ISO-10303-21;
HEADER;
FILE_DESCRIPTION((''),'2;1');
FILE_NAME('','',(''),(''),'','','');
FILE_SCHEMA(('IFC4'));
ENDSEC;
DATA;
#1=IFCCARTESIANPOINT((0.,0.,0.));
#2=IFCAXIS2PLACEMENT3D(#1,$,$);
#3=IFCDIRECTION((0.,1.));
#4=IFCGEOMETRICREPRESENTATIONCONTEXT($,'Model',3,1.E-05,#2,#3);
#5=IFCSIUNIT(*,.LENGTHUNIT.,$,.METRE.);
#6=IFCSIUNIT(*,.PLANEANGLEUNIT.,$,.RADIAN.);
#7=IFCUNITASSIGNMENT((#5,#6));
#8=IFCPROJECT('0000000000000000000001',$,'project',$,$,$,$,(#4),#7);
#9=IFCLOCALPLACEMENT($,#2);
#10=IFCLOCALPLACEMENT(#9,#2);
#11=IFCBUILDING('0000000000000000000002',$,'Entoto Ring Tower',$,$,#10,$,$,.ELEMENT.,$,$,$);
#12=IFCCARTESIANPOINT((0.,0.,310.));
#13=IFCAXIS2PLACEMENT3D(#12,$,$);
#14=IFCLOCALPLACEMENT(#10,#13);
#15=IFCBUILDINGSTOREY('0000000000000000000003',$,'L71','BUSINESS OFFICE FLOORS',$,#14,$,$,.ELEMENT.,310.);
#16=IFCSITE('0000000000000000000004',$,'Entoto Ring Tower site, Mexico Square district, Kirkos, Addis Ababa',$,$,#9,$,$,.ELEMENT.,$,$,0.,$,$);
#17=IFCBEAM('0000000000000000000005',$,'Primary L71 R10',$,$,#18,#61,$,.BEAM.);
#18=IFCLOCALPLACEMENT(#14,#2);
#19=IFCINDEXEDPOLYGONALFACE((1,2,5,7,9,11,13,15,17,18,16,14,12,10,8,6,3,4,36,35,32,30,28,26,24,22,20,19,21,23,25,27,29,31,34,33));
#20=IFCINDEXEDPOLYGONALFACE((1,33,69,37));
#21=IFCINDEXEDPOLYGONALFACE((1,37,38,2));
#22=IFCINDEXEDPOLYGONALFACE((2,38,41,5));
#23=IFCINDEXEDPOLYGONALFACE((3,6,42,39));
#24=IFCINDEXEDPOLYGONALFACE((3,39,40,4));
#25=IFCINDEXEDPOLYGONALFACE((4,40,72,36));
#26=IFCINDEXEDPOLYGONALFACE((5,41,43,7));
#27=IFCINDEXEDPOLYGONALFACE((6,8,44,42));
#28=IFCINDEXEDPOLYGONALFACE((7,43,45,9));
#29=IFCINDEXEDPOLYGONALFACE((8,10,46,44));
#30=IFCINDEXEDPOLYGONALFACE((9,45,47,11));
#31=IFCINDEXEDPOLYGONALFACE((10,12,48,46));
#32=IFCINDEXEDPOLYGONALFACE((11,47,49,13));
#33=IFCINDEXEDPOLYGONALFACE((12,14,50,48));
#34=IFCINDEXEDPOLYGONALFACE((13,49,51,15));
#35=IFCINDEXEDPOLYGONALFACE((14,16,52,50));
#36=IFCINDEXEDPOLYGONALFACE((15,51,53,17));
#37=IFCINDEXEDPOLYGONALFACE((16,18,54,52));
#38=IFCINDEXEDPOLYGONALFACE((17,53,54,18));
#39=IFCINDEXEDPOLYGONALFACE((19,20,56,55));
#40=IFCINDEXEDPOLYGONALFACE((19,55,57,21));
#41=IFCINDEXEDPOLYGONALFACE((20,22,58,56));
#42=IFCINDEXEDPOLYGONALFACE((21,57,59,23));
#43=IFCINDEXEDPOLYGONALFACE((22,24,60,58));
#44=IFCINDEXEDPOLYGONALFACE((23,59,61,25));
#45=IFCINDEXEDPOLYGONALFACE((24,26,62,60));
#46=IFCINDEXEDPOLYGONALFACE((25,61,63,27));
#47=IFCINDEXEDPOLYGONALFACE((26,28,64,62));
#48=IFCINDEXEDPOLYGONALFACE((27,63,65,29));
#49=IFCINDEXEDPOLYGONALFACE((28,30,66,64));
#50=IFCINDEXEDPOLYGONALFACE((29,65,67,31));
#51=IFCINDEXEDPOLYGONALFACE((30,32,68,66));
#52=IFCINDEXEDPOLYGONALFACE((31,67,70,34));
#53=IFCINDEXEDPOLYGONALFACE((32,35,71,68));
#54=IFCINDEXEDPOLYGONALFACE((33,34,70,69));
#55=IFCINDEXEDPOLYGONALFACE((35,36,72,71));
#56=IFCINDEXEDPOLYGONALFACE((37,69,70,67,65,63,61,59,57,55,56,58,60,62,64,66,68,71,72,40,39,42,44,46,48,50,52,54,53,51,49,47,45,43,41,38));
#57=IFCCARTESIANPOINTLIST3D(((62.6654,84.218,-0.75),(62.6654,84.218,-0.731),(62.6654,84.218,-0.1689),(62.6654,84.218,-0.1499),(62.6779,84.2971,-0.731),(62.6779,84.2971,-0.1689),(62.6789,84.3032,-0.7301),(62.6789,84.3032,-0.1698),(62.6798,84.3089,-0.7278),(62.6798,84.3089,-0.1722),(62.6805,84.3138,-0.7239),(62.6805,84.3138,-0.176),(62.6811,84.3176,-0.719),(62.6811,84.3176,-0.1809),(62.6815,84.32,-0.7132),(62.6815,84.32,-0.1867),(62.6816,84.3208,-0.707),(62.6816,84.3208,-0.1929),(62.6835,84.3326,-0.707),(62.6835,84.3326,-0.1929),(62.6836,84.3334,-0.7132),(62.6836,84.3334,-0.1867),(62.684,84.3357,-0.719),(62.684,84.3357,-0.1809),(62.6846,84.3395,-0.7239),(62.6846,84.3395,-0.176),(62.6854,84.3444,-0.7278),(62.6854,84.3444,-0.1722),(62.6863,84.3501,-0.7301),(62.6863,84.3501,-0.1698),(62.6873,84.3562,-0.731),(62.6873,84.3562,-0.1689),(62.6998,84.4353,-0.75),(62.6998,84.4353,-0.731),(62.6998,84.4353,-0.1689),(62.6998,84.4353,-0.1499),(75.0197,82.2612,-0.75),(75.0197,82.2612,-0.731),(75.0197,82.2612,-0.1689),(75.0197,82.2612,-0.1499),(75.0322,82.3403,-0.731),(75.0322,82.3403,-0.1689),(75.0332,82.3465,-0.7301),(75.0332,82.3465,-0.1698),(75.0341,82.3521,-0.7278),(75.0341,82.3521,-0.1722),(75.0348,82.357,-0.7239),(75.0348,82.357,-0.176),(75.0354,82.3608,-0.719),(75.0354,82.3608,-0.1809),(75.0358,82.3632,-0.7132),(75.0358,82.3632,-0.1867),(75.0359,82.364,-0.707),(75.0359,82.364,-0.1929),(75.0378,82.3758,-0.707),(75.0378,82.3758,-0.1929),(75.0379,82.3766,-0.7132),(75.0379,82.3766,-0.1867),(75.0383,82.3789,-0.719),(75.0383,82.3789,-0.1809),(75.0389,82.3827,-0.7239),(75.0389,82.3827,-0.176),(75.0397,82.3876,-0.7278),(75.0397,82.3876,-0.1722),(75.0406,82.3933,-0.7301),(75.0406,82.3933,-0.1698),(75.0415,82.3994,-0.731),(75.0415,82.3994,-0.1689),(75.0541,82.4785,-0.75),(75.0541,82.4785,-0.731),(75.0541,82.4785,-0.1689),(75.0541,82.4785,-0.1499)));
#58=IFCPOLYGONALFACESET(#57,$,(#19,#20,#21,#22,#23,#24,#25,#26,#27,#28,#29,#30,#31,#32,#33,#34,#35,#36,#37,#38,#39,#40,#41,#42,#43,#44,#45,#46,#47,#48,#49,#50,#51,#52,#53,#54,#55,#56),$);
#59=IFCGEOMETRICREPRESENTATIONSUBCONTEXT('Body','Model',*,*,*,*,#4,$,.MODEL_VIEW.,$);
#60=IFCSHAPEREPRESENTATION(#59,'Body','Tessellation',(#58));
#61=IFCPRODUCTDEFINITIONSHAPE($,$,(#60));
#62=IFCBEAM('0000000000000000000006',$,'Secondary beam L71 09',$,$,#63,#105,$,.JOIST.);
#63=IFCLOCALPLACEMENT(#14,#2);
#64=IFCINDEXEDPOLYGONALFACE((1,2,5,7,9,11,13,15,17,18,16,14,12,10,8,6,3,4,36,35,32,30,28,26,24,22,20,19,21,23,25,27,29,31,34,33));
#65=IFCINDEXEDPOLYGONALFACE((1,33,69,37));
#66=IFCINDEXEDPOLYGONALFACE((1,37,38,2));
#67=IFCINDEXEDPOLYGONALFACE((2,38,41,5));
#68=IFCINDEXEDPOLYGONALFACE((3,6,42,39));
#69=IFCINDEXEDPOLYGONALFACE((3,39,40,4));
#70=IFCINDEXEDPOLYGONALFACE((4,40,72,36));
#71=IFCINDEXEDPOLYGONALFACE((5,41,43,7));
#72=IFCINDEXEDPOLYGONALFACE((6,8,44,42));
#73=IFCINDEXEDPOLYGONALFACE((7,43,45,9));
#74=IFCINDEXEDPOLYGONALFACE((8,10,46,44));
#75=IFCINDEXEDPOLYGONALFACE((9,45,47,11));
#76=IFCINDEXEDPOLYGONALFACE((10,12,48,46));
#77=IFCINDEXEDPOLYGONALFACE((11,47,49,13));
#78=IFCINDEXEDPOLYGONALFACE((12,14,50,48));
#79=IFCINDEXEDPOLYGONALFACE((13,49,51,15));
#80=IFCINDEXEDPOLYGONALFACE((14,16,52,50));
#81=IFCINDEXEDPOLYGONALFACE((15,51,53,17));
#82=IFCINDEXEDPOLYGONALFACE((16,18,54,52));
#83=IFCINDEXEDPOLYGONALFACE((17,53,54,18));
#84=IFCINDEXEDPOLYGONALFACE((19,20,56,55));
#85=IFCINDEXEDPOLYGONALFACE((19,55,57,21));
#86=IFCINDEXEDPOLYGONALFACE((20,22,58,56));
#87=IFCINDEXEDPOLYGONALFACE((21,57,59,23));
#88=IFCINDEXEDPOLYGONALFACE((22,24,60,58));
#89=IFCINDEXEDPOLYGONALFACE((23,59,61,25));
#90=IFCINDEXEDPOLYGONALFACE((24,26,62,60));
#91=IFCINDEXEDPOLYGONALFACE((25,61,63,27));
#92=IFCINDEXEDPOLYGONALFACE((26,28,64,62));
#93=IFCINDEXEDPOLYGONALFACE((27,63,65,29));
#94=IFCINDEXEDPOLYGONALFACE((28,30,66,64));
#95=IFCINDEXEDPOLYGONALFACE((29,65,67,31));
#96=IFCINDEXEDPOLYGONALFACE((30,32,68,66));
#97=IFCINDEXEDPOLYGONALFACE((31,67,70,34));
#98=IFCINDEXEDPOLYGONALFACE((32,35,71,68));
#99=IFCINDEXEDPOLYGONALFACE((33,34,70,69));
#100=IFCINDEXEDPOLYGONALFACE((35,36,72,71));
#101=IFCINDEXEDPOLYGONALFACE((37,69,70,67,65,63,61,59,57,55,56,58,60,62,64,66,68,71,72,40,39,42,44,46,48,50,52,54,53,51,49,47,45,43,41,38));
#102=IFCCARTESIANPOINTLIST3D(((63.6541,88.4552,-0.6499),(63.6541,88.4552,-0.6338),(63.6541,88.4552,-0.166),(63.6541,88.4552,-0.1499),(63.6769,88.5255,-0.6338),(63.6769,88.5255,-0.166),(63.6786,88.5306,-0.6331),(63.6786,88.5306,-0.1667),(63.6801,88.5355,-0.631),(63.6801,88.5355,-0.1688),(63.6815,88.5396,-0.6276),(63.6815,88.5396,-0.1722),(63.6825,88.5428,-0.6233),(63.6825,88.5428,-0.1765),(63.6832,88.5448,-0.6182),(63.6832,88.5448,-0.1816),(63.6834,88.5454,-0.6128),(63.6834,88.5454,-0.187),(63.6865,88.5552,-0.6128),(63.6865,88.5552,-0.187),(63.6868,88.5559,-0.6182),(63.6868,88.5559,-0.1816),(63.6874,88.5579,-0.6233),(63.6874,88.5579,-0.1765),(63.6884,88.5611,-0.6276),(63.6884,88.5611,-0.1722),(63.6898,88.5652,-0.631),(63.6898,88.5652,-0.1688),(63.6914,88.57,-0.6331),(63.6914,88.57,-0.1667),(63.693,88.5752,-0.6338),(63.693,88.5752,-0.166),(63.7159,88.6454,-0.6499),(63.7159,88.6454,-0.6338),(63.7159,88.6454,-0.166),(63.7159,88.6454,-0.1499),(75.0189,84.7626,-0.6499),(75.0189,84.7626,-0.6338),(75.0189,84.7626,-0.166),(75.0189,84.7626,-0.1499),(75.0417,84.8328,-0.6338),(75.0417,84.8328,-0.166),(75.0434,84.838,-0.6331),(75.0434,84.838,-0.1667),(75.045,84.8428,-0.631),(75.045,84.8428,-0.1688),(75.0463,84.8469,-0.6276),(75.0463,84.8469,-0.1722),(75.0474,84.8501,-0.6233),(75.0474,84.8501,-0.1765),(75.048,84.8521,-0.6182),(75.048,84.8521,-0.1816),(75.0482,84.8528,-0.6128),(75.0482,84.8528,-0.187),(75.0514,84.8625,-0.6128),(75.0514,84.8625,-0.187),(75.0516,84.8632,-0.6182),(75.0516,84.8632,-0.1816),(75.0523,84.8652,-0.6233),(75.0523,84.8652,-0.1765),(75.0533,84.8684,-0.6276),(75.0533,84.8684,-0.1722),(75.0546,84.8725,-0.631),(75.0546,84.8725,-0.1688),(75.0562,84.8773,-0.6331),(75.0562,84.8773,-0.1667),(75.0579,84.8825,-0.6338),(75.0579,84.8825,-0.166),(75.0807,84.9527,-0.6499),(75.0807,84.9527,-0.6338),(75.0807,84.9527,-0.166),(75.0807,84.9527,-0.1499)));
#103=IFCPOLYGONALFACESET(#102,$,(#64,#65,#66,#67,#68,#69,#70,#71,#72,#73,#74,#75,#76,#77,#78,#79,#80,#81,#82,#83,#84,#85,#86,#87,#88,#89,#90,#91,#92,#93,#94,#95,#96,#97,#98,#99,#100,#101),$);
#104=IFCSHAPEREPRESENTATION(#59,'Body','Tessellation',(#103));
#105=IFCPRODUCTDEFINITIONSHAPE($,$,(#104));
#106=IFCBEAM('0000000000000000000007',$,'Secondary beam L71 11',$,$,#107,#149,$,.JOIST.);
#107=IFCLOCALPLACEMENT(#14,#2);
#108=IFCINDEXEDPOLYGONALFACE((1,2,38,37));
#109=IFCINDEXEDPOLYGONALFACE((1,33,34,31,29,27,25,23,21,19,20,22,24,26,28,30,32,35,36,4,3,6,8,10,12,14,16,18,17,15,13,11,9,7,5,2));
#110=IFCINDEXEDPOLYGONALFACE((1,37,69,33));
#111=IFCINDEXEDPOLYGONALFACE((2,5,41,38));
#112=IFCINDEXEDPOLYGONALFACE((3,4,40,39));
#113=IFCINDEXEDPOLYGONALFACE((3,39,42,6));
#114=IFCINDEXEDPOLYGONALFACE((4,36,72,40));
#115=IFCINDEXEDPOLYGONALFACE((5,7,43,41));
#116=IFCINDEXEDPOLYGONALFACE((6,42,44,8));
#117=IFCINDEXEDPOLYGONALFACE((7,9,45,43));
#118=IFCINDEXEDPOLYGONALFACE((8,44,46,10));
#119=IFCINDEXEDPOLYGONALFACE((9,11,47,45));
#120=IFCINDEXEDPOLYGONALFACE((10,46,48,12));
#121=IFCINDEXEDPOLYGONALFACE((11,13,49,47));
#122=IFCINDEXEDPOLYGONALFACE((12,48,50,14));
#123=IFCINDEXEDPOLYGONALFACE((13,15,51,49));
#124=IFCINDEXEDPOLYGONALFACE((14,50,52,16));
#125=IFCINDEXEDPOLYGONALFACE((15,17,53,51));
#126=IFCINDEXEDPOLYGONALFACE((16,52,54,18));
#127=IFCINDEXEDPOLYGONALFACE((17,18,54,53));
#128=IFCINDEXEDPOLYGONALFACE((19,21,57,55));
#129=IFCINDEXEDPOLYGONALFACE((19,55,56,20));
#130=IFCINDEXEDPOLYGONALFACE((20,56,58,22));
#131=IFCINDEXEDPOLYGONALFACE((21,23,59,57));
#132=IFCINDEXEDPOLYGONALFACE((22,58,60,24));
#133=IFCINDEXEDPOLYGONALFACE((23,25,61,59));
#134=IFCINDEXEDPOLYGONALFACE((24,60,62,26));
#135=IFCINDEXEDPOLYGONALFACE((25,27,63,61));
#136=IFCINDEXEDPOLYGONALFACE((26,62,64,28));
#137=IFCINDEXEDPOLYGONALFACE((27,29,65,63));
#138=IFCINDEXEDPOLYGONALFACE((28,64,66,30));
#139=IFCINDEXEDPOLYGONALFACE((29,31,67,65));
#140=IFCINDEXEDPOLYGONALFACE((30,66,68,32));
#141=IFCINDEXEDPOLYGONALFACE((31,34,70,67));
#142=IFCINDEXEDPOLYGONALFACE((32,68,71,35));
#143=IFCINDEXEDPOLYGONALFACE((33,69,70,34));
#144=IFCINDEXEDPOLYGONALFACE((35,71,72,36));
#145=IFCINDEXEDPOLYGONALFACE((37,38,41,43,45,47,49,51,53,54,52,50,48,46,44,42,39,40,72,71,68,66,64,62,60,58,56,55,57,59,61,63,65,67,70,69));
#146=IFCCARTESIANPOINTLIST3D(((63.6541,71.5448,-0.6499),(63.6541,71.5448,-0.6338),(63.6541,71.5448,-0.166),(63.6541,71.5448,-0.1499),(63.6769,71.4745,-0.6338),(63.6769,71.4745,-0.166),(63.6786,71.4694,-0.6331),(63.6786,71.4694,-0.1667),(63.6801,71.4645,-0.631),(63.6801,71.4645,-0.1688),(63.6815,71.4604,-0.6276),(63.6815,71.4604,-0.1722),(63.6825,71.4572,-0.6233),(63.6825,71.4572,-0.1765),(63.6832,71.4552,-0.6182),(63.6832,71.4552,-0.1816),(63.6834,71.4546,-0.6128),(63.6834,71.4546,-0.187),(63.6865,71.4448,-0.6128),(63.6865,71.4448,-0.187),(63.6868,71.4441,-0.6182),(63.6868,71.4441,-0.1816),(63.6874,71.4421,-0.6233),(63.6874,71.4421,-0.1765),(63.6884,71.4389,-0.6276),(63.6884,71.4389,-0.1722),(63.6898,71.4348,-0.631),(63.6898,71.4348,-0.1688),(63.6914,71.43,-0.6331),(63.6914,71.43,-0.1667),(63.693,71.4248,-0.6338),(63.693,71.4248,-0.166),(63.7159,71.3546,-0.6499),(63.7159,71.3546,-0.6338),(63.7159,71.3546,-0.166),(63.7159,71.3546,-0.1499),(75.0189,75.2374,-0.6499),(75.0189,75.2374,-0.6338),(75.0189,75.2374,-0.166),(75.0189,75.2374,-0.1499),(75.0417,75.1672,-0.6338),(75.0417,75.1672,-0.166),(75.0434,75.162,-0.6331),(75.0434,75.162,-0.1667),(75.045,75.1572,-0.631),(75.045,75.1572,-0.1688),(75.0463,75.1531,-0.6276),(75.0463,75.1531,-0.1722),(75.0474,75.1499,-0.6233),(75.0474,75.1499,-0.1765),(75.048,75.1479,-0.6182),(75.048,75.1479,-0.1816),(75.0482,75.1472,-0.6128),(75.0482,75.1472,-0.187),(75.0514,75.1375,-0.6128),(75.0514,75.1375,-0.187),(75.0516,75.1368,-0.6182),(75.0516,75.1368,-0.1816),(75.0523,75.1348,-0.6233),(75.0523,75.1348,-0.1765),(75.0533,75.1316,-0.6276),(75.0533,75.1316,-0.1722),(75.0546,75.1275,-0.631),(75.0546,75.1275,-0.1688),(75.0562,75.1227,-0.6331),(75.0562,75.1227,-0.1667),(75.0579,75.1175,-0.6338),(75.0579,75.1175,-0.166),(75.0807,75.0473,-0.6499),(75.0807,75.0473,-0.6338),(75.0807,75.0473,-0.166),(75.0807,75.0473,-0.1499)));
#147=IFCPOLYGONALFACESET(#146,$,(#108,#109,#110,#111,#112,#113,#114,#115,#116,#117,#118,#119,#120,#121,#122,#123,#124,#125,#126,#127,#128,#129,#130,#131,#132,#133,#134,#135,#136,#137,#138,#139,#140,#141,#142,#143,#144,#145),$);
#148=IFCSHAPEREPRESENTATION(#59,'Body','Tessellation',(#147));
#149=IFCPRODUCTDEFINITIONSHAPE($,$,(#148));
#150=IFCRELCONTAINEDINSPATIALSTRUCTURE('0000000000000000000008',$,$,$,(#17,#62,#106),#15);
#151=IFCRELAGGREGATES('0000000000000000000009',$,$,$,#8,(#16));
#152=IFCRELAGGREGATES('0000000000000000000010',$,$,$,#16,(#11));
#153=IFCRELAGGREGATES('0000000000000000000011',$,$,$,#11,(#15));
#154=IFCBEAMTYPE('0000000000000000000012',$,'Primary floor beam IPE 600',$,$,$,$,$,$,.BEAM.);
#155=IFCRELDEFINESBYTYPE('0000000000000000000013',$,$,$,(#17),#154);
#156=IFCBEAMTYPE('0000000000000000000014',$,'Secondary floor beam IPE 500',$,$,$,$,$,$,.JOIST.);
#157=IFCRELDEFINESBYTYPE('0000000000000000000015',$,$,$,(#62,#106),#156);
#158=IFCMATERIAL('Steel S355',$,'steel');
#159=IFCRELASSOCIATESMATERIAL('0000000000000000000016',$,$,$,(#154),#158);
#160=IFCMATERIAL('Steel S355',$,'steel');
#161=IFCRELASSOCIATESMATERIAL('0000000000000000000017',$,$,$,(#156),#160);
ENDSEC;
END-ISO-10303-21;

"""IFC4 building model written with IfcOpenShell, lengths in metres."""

from ifc_helpers import new_model, si_unit, direction, frame, origin, origin_2d, place, context, subcontext, project, spatial, i_section, extrude, material, material_profile, profile_set, type_object, element, save


model = new_model("IFC4")

# Units and contexts
model_context = context("Model", 3, precision=1e-05, world=origin(), true_north=direction((0.0, 1.0)))
body_context = subcontext(model_context, "Body", "Model", "MODEL_VIEW")
ifc_project = project(units=[si_unit("LENGTHUNIT", "METRE"), si_unit("PLANEANGLEUNIT", "RADIAN")], contexts=[model_context])

# Site, building, storey
site_placement = place(None, origin())
site = spatial("IfcSite", under=ifc_project, at=site_placement, Name="Entoto Ring Tower site, Mexico Square district, Kirkos, Addis Ababa", CompositionType="ELEMENT", RefElevation=0.0)
building_placement = place(site_placement, origin())
building = spatial("IfcBuilding", under=site, at=building_placement, Name="Entoto Ring Tower", CompositionType="ELEMENT")
storey_placement = place(building_placement, frame((0.0, 0.0, 310.0)))
storey = spatial("IfcBuildingStorey", under=building, at=storey_placement, Name="L71", Description="BUSINESS OFFICE FLOORS", CompositionType="ELEMENT", Elevation=310.0)

# Beams
ifc_material_1 = material(Name="Steel S355", Category="steel")
ifc_material_profile_1 = material_profile(ifc_material_1, i_section(OverallWidth=0.22, OverallDepth=0.6001, WebThickness=0.012, FlangeThickness=0.019, FilletRadius=0.0239, at=origin_2d()), Name="IPE 600")
ifc_profile_set_1 = profile_set([ifc_material_profile_1], Name="Steel S355")
beam_type_1 = type_object("IfcBeamType", Name="Primary floor beam IPE 600", PredefinedType="BEAM", material=ifc_profile_set_1)
beam_placement = place(storey_placement, frame((75.0369, 82.3699, -0.45), z_axis=(-0.987688, 0.15644, 0.0), x_axis=(-0.15644, -0.987688, 0.0)))
element("IfcBeam", 1, at=beam_placement, inside=storey, type_object=beam_type_1, Name="Primary L71 R10", PredefinedType="BEAM", context=body_context, shape_type="SweptSolid", body=[
    extrude(i_section(OverallWidth=0.22, OverallDepth=0.6001, WebThickness=0.012, FlangeThickness=0.019, FilletRadius=0.0239, at=origin_2d()), origin(), (0.0, 0.0, 1.0), 12.5083),
])
ifc_material_2 = material(Name="Steel S355", Category="steel")
ifc_material_profile_2 = material_profile(ifc_material_2, i_section(OverallWidth=0.2, OverallDepth=0.5, WebThickness=0.0103, FlangeThickness=0.0161, FilletRadius=0.021, at=origin_2d()), Name="IPE 500")
ifc_profile_set_2 = profile_set([ifc_material_profile_2], Name="Steel S355")
beam_type_2 = type_object("IfcBeamType", Name="Secondary floor beam IPE 500", PredefinedType="JOIST", material=ifc_profile_set_2)
for number, where, z_axis, x_axis, name in (
    (2, (75.0498, 84.8577, -0.3999), (-0.951057, 0.309017, 0.0), (-0.309017, -0.951057, 0.0), "Secondary beam L71 09"),
    (3, (75.0498, 75.1423, -0.3999), (-0.951057, -0.309017, 0.0), (0.309017, -0.951057, 0.0), "Secondary beam L71 11"),
):
    element("IfcBeam", number, at=place(storey_placement, frame(where, z_axis=z_axis, x_axis=x_axis)), inside=storey, type_object=beam_type_2, Name=name, PredefinedType="JOIST", context=body_context, shape_type="SweptSolid", body=[
        extrude(i_section(OverallWidth=0.2, OverallDepth=0.5, WebThickness=0.0103, FlangeThickness=0.0161, FilletRadius=0.021, at=origin_2d()), origin(), (0.0, 0.0, 1.0), 11.9497),
    ])

save(model, "model.ifc")
